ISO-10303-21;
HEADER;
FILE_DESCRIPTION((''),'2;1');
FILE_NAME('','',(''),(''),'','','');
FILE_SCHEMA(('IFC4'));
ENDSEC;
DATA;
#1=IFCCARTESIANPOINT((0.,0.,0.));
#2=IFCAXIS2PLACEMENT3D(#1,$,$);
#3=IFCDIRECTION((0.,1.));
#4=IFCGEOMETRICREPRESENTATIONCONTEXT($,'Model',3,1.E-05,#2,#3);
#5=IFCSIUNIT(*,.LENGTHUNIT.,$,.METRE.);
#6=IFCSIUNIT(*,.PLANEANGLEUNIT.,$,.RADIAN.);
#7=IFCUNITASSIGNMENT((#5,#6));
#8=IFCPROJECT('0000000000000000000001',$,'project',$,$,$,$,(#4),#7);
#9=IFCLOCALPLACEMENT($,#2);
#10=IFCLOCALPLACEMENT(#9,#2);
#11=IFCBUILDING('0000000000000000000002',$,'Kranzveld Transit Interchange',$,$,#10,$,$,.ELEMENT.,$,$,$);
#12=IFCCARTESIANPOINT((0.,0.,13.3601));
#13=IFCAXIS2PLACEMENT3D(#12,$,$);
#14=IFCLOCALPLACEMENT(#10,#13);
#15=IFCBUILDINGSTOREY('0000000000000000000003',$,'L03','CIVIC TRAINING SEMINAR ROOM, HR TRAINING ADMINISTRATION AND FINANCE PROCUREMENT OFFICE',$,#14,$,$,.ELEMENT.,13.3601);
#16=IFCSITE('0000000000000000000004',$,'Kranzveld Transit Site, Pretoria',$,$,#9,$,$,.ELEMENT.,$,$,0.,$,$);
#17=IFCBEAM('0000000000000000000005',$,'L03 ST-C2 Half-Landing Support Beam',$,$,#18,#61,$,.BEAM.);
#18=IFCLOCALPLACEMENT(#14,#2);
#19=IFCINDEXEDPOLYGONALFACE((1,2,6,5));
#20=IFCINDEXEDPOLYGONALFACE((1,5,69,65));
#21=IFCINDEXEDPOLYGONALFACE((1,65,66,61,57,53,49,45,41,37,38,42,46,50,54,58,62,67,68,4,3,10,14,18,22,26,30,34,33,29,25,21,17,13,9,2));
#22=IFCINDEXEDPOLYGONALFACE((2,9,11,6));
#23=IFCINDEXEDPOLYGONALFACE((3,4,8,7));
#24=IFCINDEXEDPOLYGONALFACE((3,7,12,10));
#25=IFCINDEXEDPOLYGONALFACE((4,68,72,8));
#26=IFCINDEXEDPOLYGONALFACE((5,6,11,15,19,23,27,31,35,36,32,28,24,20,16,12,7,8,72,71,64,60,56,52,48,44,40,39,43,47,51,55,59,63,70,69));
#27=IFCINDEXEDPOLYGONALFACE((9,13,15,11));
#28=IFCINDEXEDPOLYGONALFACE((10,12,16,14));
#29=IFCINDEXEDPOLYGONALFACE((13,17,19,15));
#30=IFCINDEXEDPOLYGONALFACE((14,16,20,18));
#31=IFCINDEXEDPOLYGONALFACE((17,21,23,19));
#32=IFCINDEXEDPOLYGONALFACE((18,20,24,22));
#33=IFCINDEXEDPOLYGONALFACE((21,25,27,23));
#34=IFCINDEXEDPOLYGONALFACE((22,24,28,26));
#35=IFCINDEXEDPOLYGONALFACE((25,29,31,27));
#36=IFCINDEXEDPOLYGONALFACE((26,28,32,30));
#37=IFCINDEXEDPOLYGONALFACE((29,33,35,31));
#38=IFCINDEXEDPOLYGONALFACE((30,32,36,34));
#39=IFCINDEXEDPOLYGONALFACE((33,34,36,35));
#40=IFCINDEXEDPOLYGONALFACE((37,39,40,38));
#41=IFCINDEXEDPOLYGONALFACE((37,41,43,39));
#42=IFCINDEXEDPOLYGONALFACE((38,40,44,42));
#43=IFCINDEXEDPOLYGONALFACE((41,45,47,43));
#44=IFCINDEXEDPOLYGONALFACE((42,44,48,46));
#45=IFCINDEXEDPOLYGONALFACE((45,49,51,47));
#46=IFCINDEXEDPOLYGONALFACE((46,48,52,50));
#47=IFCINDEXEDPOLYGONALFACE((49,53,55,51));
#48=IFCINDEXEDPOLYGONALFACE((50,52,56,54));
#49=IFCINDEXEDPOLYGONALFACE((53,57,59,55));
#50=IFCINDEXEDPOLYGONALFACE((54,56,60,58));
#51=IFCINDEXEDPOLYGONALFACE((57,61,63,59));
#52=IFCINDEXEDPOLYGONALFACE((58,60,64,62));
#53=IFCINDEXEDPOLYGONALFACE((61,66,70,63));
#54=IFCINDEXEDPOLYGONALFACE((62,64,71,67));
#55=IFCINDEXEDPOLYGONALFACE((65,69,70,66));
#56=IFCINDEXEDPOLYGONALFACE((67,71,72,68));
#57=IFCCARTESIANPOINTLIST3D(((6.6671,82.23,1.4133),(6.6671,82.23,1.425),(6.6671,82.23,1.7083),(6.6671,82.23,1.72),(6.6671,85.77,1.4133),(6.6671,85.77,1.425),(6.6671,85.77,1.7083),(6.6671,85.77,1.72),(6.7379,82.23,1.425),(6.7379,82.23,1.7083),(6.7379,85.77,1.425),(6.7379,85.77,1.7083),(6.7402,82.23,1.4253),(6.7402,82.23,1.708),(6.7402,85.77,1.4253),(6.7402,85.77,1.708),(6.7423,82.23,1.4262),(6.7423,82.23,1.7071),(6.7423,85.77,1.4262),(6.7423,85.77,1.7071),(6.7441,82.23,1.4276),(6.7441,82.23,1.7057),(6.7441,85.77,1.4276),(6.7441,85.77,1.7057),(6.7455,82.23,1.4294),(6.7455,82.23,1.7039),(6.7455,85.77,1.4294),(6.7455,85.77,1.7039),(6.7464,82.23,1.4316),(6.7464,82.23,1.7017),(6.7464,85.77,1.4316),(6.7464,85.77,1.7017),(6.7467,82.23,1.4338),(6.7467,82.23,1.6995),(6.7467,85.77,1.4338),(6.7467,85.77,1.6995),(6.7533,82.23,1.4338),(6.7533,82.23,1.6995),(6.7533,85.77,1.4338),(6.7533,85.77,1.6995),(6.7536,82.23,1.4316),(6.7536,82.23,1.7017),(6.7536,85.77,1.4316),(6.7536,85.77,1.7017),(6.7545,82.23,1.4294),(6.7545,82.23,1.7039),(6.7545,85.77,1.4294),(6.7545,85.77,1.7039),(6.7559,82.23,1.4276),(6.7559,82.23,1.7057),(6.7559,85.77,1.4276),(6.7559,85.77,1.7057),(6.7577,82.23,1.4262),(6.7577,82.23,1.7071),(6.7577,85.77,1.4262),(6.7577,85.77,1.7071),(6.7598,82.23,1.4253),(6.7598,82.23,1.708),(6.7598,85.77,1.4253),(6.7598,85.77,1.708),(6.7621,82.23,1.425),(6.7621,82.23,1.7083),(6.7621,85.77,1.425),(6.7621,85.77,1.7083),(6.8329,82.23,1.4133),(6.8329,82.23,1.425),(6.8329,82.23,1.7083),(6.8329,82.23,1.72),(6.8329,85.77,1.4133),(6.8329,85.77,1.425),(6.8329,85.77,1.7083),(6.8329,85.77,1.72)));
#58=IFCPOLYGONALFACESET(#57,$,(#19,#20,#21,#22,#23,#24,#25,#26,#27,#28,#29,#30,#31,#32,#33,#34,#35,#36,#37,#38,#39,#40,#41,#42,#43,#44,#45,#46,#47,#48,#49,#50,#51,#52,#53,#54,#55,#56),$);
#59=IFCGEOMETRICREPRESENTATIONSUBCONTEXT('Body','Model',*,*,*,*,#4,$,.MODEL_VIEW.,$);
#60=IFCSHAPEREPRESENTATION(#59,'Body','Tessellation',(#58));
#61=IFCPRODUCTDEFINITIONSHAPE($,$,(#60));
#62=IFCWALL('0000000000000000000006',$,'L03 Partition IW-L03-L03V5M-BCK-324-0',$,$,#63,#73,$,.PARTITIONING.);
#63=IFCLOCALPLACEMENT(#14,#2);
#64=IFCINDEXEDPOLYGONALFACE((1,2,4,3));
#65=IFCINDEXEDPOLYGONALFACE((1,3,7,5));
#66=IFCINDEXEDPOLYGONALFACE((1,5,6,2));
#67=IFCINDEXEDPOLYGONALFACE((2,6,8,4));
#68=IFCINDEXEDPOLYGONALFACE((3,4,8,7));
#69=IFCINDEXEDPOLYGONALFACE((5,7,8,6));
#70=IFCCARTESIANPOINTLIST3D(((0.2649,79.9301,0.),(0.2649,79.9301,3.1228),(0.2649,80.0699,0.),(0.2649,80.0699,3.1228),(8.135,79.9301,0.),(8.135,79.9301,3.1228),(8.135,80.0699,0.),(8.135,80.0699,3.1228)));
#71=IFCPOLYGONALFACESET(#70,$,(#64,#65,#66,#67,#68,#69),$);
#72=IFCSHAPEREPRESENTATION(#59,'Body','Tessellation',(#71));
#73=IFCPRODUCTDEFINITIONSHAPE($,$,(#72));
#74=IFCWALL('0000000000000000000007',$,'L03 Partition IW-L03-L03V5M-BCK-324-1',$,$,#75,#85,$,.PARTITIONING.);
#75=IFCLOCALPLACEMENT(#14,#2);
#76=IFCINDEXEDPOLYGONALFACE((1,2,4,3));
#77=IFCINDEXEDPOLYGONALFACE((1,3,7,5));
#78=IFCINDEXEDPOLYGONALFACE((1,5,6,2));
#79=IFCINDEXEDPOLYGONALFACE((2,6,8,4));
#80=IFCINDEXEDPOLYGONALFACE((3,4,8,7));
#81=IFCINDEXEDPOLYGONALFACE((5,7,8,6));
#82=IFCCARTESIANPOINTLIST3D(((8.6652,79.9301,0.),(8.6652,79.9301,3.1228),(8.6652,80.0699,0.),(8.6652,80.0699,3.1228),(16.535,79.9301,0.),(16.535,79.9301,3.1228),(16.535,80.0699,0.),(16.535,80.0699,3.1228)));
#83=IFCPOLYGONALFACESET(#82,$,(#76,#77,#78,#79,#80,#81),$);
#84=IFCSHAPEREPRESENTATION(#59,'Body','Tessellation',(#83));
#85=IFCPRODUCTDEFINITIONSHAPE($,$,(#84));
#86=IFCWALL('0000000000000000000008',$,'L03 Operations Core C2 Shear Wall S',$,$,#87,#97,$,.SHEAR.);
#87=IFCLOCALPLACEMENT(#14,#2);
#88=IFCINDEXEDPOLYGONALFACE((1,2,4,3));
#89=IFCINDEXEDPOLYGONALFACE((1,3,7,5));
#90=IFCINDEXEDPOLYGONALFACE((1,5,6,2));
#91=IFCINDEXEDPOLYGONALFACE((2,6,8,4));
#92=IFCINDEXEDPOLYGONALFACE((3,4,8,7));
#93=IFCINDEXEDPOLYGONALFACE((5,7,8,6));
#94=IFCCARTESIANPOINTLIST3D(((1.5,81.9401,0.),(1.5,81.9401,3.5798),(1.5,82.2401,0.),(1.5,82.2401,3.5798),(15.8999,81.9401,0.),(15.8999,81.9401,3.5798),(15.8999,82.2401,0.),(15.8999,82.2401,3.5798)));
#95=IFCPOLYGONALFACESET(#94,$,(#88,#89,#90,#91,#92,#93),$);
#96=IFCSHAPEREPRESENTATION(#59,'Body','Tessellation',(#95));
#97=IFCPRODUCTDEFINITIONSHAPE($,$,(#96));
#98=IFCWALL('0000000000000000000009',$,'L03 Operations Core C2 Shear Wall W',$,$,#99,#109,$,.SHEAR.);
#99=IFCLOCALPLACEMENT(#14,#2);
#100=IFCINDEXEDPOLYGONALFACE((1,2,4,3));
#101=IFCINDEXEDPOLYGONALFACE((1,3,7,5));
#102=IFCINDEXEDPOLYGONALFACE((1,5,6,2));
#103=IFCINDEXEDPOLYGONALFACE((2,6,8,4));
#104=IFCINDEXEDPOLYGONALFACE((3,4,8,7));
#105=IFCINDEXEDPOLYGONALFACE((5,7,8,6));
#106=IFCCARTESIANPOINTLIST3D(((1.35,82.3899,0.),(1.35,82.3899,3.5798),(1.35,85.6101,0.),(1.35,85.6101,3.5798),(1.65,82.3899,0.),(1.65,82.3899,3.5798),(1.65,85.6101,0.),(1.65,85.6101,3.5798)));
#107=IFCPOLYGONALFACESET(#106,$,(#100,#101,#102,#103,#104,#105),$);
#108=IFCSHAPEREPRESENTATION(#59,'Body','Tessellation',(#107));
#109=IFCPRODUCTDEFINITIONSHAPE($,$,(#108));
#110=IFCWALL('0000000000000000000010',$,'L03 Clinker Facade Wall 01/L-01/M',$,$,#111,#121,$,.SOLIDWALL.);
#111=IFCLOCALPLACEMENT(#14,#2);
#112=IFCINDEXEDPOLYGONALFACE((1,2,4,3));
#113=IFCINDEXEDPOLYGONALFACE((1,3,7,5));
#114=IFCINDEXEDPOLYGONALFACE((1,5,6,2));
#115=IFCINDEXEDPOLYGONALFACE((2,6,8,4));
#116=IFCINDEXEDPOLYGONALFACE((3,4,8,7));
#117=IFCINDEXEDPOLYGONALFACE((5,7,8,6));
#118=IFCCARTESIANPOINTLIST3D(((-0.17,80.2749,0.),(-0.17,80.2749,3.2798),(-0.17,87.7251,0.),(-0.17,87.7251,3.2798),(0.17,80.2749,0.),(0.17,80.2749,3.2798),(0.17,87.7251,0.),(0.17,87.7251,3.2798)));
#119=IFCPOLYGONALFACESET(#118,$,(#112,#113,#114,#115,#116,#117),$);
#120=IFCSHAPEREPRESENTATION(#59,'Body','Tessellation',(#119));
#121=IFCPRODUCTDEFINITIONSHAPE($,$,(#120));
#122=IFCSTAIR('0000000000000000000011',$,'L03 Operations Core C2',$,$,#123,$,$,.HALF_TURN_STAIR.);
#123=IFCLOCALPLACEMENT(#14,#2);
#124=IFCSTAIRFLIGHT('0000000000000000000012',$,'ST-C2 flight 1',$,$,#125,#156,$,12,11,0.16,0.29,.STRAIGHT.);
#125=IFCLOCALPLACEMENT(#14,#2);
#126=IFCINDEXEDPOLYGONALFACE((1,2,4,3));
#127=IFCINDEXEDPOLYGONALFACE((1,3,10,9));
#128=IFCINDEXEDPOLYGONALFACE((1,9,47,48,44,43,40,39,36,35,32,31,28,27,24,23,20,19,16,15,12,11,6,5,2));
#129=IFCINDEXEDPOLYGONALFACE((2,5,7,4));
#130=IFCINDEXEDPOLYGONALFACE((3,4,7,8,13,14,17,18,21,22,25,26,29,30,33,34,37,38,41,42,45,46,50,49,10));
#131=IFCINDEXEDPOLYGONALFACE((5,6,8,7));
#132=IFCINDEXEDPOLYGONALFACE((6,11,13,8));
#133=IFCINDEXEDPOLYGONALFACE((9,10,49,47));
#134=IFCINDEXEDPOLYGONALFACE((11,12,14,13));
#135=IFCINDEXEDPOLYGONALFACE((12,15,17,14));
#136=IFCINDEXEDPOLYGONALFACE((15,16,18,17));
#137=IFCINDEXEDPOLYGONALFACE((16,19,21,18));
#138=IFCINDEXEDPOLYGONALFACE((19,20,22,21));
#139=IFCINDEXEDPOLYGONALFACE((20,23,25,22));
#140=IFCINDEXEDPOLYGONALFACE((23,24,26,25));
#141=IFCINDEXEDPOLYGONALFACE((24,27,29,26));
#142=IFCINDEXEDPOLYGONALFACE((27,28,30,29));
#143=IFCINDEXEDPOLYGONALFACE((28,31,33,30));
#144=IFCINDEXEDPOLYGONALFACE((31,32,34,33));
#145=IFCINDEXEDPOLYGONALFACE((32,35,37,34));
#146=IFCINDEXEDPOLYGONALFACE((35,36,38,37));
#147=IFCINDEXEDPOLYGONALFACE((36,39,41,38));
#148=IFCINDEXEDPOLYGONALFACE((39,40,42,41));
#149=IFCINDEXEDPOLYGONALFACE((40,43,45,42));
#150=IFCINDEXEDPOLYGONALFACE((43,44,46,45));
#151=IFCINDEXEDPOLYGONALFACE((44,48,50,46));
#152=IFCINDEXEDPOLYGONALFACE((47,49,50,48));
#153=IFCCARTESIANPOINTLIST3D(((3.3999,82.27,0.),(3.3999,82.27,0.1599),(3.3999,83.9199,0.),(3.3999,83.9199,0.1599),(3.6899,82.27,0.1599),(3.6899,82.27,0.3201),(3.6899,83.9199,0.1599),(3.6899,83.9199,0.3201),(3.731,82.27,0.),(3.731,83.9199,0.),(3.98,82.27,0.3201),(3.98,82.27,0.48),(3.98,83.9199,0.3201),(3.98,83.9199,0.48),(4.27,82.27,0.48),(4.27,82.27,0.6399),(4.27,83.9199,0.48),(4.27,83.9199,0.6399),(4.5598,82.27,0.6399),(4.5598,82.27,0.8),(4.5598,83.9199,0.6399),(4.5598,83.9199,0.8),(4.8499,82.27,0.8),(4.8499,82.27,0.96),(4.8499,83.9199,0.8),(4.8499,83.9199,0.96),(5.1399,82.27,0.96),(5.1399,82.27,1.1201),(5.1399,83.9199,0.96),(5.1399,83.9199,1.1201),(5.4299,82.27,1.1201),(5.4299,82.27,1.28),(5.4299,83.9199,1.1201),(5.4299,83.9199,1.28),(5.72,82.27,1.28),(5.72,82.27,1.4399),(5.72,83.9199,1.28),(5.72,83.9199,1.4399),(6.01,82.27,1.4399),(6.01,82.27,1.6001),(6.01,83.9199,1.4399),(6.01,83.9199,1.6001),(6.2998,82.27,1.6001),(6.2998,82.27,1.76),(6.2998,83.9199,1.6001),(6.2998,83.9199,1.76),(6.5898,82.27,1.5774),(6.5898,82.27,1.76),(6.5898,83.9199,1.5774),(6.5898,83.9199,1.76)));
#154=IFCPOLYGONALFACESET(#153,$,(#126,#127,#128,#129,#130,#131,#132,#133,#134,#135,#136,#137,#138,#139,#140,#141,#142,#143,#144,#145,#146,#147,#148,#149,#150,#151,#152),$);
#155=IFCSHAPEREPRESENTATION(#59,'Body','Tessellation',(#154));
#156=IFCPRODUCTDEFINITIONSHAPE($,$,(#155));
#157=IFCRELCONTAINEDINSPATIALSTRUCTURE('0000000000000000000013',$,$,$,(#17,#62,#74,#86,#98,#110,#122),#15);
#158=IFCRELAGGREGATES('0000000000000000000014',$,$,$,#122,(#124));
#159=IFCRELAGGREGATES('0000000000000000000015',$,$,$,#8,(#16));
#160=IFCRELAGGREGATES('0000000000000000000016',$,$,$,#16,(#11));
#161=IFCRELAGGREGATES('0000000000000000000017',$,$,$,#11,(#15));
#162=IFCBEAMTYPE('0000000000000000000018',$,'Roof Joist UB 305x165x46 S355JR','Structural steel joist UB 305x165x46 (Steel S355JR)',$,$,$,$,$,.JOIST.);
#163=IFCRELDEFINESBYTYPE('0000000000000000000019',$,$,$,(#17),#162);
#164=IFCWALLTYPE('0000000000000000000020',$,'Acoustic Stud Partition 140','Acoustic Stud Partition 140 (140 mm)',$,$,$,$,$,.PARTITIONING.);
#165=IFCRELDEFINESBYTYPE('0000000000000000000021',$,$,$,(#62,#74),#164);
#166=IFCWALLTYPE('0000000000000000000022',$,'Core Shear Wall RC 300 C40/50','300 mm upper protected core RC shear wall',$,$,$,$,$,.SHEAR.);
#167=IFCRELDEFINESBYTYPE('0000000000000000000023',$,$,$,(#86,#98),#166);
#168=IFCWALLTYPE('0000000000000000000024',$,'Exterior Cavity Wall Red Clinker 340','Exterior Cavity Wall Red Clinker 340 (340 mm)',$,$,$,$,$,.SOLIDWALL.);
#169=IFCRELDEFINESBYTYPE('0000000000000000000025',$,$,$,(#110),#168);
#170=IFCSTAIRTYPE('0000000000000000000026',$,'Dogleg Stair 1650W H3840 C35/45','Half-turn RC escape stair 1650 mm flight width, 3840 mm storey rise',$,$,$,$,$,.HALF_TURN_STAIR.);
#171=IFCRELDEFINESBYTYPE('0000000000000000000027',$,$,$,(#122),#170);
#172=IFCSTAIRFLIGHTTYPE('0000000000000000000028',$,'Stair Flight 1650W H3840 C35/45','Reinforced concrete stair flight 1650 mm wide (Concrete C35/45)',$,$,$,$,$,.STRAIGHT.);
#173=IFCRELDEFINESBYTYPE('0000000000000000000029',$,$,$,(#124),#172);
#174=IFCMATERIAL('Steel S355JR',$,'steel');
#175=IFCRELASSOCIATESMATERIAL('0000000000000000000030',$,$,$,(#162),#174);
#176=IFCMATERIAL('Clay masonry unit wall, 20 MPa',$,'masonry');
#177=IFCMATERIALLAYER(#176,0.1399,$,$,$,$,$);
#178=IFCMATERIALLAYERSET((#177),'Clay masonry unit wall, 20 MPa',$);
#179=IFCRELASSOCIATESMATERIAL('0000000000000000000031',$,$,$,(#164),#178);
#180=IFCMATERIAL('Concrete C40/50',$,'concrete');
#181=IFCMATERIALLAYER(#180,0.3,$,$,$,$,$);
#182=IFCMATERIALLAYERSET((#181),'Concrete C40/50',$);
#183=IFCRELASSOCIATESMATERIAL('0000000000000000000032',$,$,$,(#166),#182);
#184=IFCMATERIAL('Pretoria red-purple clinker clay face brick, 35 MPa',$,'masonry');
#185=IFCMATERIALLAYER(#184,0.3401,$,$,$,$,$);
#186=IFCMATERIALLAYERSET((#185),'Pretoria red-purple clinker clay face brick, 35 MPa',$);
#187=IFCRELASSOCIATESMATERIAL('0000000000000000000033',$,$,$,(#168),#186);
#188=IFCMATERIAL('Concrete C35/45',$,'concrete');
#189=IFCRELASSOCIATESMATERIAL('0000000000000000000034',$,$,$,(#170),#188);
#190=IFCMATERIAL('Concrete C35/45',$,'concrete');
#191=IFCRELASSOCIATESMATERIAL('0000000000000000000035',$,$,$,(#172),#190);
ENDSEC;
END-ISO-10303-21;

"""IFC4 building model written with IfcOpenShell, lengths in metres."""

from ifc_helpers import new_model, si_unit, direction, frame, frame_2d, origin, origin_2d, place, context, subcontext, project, spatial, polyline, rectangle, i_section, outline, extrude, material, layer, layer_set, material_profile, profile_set, type_object, element, aggregate, save


model = new_model("IFC4")

# Units and contexts
model_context = context("Model", 3, precision=1e-05, world=origin(), true_north=direction((0.0, 1.0)))
body_context = subcontext(model_context, "Body", "Model", "MODEL_VIEW")
ifc_project = project(units=[si_unit("LENGTHUNIT", "METRE"), si_unit("PLANEANGLEUNIT", "RADIAN")], contexts=[model_context])

# Site, building, storey
site_placement = place(None, origin())
site = spatial("IfcSite", under=ifc_project, at=site_placement, Name="Kranzveld Transit Site, Pretoria", CompositionType="ELEMENT", RefElevation=0.0)
building_placement = place(site_placement, origin())
building = spatial("IfcBuilding", under=site, at=building_placement, Name="Kranzveld Transit Interchange", CompositionType="ELEMENT")
storey_placement = place(building_placement, frame((0.0, 0.0, 13.3601)))
storey = spatial("IfcBuildingStorey", under=building, at=storey_placement, Name="L03", Description="CIVIC TRAINING SEMINAR ROOM, HR TRAINING ADMINISTRATION AND FINANCE PROCUREMENT OFFICE", CompositionType="ELEMENT", Elevation=13.3601)

# Beam
ifc_material_1 = material(Name="Steel S355JR", Category="steel")
ifc_material_profile_1 = material_profile(ifc_material_1, i_section(OverallWidth=0.1658, OverallDepth=0.3066, WebThickness=0.0066, FlangeThickness=0.0117, FilletRadius=0.0088, at=origin_2d()), Name="UB 305x165x46")
ifc_profile_set_1 = profile_set([ifc_material_profile_1], Name="Steel S355JR")
beam_type_1 = type_object("IfcBeamType", Name="Roof Joist UB 305x165x46 S355JR", Description="Structural steel joist UB 305x165x46 (Steel S355JR)", PredefinedType="JOIST", material=ifc_profile_set_1)
beam_1_placement = place(storey_placement, frame((6.75, 82.23, 1.5667), z_axis=(0.0, 1.0, 0.0), x_axis=(-1.0, 0.0, 0.0)))
element("IfcBeam", 1, at=beam_1_placement, inside=storey, type_object=beam_type_1, Name="L03 ST-C2 Half-Landing Support Beam", PredefinedType="BEAM", context=body_context, shape_type="SweptSolid", body=[
    extrude(i_section(OverallWidth=0.1658, OverallDepth=0.3066, WebThickness=0.0066, FlangeThickness=0.0117, FilletRadius=0.0088, at=origin_2d()), origin(), (0.0, 0.0, 1.0), 3.54),
])

# Walls
ifc_material_2 = material(Name="Clay masonry unit wall, 20 MPa", Category="masonry")
ifc_layer_1 = layer(ifc_material_2, 0.1399)
ifc_layer_set_1 = layer_set([ifc_layer_1], Name="Clay masonry unit wall, 20 MPa")
wall_type_1 = type_object("IfcWallType", Name="Acoustic Stud Partition 140", Description="Acoustic Stud Partition 140 (140 mm)", PredefinedType="PARTITIONING", material=ifc_layer_set_1)
wall_1_placement = place(storey_placement, frame((0.2649, 80.0, 0.0), z_axis=(0.0, 0.0, 1.0), x_axis=(1.0, 0.0, 0.0)))
element("IfcWall", 2, at=wall_1_placement, inside=storey, type_object=wall_type_1, Name="L03 Partition IW-L03-L03V5M-BCK-324-0", PredefinedType="PARTITIONING", context=body_context, shape_type="SweptSolid", body=[
    extrude(rectangle(XDim=7.8701, YDim=0.1399, at=frame_2d((3.9351, 0.0))), origin(), (0.0, 0.0, 1.0), 3.1228),
])
wall_2_placement = place(storey_placement, frame((8.665, 80.0, 0.0), z_axis=(0.0, 0.0, 1.0), x_axis=(1.0, 0.0, 0.0)))
element("IfcWall", 3, at=wall_2_placement, inside=storey, type_object=wall_type_1, Name="L03 Partition IW-L03-L03V5M-BCK-324-1", PredefinedType="PARTITIONING", context=body_context, shape_type="SweptSolid", body=[
    extrude(rectangle(XDim=7.8699, YDim=0.1399, at=frame_2d((3.9351, 0.0))), origin(), (0.0, 0.0, 1.0), 3.1228),
])
ifc_material_3 = material(Name="Concrete C40/50", Category="concrete")
ifc_layer_2 = layer(ifc_material_3, 0.3)
ifc_layer_set_2 = layer_set([ifc_layer_2], Name="Concrete C40/50")
wall_type_2 = type_object("IfcWallType", Name="Core Shear Wall RC 300 C40/50", Description="300 mm upper protected core RC shear wall", PredefinedType="SHEAR", material=ifc_layer_set_2)
wall_3_placement = place(storey_placement, frame((1.5, 82.0901, 0.0), z_axis=(0.0, 0.0, 1.0), x_axis=(1.0, 0.0, 0.0)))
element("IfcWall", 4, at=wall_3_placement, inside=storey, type_object=wall_type_2, Name="L03 Operations Core C2 Shear Wall S", PredefinedType="SHEAR", context=body_context, shape_type="SweptSolid", body=[
    extrude(rectangle(XDim=14.3999, YDim=0.3, at=frame_2d((7.2, 0.0))), origin(), (0.0, 0.0, 1.0), 3.5798),
])

# Walls
wall_4_placement = place(storey_placement, frame((1.5, 82.3899, 0.0), z_axis=(0.0, 0.0, 1.0), x_axis=(0.0, 1.0, 0.0)))
element("IfcWall", 5, at=wall_4_placement, inside=storey, type_object=wall_type_2, Name="L03 Operations Core C2 Shear Wall W", PredefinedType="SHEAR", context=body_context, shape_type="SweptSolid", body=[
    extrude(rectangle(XDim=3.2202, YDim=0.3, at=frame_2d((1.6101, 0.0))), origin(), (0.0, 0.0, 1.0), 3.5798),
])
ifc_material_4 = material(Name="Pretoria red-purple clinker clay face brick, 35 MPa", Category="masonry")
ifc_layer_3 = layer(ifc_material_4, 0.3401)
ifc_layer_set_3 = layer_set([ifc_layer_3], Name="Pretoria red-purple clinker clay face brick, 35 MPa")
wall_type_3 = type_object("IfcWallType", Name="Exterior Cavity Wall Red Clinker 340", Description="Exterior Cavity Wall Red Clinker 340 (340 mm)", PredefinedType="SOLIDWALL", material=ifc_layer_set_3)
wall_5_placement = place(storey_placement, frame((0.0, 80.2749, 0.0), z_axis=(0.0, 0.0, 1.0), x_axis=(0.0, 1.0, 0.0)))
element("IfcWall", 6, at=wall_5_placement, inside=storey, type_object=wall_type_3, Name="L03 Clinker Facade Wall 01/L-01/M", PredefinedType="SOLIDWALL", context=body_context, shape_type="SweptSolid", body=[
    extrude(rectangle(XDim=7.4502, YDim=0.3401, at=frame_2d((3.7251, 0.0))), origin(), (0.0, 0.0, 1.0), 3.2798),
])

# Stair, stair flight
ifc_material_5 = material(Name="Concrete C35/45", Category="concrete")
stair_type = type_object("IfcStairType", Name="Dogleg Stair 1650W H3840 C35/45", Description="Half-turn RC escape stair 1650 mm flight width, 3840 mm storey rise", PredefinedType="HALF_TURN_STAIR", material=ifc_material_5)
stair_placement = place(storey_placement, origin())
stair = element("IfcStair", 7, at=stair_placement, inside=storey, type_object=stair_type, Name="L03 Operations Core C2", PredefinedType="HALF_TURN_STAIR")
ifc_material_6 = material(Name="Concrete C35/45", Category="concrete")
stair_flight_type = type_object("IfcStairFlightType", Name="Stair Flight 1650W H3840 C35/45", Description="Reinforced concrete stair flight 1650 mm wide (Concrete C35/45)", PredefinedType="STRAIGHT", material=ifc_material_6)
stair_flight_1_placement = place(storey_placement, frame((3.3999, 83.095, 0.0), z_axis=(0.0, 0.0, 1.0), x_axis=(1.0, 0.0, 0.0)))
stair_flight_1 = element("IfcStairFlight", 8, at=stair_flight_1_placement, type_object=stair_flight_type, Name="ST-C2 flight 1", NumberOfRisers=12, NumberOfTreads=11, PredefinedType="STRAIGHT", RiserHeight=0.16, TreadLength=0.29, context=body_context, shape_type="SweptSolid", body=[
    extrude(outline(polyline([(0.0, 0.0), (0.0, 0.1599), (0.29, 0.1599), (0.29, 0.3201), (0.5801, 0.3201), (0.5801, 0.48), (0.8701, 0.48), (0.8701, 0.6399), (1.1599, 0.6399), (1.1599, 0.8), (1.45, 0.8), (1.45, 0.96), (1.74, 0.96), (1.74, 1.1201), (2.03, 1.1201), (2.03, 1.28), (2.3201, 1.28), (2.3201, 1.4399), (2.6101, 1.4399), (2.6101, 1.6001), (2.8999, 1.6001), (2.8999, 1.76), (3.1899, 1.76), (3.1899, 1.9199), (3.1899, 1.5774), (0.3311, 0.0), (0.0, 0.0)])), frame((0.0, 0.825, 0.0), z_axis=(0.0, -1.0, 0.0), x_axis=(1.0, 0.0, 0.0)), (0.0, 0.0, 1.0), 1.6499),
])
aggregate(stair, [stair_flight_1])

save(model, "model.ifc")
